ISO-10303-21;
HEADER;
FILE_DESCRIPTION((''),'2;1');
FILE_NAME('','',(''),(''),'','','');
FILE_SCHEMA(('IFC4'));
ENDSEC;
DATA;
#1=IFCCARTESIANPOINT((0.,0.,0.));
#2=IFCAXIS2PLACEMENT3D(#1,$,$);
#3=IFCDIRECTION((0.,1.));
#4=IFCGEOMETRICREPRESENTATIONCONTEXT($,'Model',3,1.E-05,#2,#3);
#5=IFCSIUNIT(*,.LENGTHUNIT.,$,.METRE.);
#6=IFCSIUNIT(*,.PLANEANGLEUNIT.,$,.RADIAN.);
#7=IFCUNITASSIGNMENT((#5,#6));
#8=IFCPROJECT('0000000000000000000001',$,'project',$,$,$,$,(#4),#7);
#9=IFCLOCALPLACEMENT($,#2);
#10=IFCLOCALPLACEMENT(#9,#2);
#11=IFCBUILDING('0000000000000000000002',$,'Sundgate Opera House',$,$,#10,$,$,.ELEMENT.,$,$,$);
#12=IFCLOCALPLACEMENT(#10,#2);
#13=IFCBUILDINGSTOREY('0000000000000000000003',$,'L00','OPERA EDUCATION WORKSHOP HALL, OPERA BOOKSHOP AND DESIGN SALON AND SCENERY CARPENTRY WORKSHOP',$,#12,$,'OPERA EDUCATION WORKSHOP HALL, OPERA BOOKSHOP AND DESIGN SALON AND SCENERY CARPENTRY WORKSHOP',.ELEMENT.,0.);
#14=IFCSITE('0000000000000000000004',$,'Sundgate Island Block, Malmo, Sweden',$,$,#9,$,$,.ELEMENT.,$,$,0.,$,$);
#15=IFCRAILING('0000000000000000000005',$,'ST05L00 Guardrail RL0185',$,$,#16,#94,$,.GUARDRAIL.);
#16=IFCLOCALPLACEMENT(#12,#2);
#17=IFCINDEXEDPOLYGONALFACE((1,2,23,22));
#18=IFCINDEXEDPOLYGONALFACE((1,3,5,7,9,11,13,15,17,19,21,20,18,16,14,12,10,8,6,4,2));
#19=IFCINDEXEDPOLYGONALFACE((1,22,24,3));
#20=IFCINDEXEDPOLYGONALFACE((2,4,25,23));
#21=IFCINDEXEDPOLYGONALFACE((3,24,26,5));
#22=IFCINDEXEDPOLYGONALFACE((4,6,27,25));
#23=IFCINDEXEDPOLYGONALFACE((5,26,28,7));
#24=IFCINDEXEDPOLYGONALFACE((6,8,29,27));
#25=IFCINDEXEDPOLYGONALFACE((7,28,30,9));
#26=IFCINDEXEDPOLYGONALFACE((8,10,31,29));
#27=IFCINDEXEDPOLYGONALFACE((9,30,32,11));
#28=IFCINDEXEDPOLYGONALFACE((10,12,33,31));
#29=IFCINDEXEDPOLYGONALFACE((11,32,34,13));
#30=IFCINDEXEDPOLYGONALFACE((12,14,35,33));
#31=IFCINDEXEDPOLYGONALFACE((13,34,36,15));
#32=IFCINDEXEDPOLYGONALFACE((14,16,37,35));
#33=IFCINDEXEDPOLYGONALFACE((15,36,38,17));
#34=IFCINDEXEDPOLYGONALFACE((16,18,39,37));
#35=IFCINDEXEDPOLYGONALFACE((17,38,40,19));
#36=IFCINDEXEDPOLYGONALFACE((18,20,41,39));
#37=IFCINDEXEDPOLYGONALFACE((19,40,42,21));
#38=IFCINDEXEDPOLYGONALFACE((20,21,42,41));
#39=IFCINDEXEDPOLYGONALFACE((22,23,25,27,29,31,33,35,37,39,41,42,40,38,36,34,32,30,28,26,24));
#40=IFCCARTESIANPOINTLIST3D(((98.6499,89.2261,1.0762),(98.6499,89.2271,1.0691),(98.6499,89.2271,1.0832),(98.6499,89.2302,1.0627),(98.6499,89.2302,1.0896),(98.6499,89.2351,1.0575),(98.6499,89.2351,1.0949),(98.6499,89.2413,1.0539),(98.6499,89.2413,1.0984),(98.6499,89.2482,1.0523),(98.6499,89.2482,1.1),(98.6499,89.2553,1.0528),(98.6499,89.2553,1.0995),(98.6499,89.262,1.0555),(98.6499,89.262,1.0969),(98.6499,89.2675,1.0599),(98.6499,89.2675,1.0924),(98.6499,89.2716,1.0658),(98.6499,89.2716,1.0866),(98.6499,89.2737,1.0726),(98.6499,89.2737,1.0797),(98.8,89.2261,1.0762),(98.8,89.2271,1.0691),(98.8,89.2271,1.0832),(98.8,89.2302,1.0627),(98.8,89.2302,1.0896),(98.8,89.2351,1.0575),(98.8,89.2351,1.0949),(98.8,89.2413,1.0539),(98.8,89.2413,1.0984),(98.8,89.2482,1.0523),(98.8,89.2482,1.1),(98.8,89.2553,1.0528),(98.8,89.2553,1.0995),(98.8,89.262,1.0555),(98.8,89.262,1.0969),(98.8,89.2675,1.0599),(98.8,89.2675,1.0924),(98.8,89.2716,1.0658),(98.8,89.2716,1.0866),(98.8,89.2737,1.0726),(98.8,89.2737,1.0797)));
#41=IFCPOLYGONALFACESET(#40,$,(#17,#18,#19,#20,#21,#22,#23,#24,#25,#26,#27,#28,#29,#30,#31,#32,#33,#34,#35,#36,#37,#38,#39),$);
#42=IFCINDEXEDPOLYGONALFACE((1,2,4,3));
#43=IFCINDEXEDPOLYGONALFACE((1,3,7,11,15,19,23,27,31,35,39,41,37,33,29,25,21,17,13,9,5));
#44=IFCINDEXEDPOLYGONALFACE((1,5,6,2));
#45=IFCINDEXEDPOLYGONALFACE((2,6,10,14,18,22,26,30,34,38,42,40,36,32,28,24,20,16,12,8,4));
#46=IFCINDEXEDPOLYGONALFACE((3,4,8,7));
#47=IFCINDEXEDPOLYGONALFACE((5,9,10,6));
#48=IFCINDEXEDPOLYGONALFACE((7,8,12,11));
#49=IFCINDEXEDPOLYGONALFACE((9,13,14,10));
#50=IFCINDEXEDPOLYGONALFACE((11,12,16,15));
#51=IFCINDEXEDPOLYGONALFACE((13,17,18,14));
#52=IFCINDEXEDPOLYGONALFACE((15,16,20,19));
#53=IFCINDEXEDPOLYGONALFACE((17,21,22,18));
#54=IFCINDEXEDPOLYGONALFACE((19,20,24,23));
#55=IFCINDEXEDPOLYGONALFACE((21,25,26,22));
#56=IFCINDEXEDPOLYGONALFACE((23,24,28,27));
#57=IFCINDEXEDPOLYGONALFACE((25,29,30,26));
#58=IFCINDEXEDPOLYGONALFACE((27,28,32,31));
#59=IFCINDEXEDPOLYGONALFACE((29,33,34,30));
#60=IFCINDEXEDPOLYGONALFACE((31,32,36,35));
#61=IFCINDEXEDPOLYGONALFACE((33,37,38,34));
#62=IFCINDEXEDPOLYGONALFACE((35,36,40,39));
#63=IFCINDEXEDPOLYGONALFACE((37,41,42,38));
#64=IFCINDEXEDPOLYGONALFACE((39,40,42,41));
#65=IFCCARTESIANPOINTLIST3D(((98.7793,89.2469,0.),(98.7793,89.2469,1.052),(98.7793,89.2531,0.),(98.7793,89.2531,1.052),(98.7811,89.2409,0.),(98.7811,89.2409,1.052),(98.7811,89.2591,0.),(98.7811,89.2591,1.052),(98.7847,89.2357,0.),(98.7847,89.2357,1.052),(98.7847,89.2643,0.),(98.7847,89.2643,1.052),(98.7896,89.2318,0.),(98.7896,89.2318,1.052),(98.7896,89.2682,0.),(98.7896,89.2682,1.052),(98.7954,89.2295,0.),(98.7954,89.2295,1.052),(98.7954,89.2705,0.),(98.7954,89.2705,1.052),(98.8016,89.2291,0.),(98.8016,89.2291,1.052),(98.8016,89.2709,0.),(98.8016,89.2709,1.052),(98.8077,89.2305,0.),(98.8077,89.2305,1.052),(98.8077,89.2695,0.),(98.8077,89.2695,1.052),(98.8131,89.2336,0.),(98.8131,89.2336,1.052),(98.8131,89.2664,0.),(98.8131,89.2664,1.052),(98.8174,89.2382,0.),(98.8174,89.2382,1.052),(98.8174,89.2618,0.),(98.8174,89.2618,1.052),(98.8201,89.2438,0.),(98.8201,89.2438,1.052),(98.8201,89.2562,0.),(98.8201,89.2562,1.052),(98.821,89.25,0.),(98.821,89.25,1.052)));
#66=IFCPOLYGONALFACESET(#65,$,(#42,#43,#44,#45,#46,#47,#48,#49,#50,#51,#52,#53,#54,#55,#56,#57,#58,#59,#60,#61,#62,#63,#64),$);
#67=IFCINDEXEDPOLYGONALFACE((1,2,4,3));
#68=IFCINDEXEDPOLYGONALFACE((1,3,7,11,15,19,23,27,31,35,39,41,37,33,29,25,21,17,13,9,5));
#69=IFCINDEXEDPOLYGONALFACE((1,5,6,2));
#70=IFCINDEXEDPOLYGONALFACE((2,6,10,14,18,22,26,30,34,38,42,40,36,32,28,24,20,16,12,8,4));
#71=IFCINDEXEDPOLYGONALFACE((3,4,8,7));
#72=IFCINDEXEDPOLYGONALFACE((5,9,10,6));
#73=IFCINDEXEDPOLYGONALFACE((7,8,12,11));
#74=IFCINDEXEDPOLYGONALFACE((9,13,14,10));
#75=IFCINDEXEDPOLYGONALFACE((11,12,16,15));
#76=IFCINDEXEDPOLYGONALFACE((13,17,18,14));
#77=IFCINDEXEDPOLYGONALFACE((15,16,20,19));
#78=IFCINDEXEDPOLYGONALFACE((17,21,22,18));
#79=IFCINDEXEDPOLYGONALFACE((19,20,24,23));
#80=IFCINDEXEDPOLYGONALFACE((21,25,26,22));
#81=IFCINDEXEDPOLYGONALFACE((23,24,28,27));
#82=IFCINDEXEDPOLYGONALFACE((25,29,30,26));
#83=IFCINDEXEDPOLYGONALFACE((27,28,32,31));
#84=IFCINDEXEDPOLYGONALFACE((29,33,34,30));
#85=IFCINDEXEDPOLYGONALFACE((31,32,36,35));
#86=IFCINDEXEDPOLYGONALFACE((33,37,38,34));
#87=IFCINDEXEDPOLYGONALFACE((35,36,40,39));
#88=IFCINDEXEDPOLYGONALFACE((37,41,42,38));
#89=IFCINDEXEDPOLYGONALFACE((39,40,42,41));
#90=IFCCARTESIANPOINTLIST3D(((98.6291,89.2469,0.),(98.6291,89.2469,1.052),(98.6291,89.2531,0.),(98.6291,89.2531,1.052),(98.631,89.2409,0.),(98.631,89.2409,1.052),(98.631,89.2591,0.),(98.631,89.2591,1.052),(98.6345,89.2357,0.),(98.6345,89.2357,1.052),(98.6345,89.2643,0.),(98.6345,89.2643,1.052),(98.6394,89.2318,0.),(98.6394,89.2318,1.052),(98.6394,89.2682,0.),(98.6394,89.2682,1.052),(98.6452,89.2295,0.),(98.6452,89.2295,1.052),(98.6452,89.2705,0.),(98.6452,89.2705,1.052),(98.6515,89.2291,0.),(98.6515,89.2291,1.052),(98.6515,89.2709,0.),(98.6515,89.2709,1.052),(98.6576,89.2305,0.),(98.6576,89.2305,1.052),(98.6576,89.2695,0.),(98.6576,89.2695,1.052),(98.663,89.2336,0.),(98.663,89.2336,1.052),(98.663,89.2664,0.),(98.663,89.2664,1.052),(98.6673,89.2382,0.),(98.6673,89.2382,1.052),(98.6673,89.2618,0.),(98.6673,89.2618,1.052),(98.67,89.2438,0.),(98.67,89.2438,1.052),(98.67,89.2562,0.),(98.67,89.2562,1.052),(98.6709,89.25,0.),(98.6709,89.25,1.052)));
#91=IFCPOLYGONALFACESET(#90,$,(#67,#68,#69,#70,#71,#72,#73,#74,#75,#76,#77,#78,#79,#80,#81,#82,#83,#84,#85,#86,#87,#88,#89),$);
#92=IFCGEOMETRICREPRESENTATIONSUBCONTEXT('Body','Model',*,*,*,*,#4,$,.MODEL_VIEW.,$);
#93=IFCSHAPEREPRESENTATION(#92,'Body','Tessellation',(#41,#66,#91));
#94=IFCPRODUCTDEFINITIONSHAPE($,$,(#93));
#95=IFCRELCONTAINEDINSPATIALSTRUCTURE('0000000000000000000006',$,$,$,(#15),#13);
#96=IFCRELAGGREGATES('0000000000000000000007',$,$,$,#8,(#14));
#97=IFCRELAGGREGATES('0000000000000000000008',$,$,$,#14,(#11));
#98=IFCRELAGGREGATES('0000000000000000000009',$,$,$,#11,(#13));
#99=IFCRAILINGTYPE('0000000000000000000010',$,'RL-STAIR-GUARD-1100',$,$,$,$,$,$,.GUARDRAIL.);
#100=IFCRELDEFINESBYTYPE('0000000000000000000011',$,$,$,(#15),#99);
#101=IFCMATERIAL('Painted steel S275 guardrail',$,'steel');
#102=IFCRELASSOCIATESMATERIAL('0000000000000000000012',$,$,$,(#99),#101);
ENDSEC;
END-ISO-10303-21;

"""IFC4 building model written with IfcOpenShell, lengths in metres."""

from ifc_helpers import new_model, si_unit, direction, frame, origin, origin_2d, place, context, subcontext, project, spatial, circle, extrude, material, type_object, element, save


model = new_model("IFC4")

# Units and contexts
model_context = context("Model", 3, precision=1e-05, world=origin(), true_north=direction((0.0, 1.0)))
body_context = subcontext(model_context, "Body", "Model", "MODEL_VIEW")
ifc_project = project(units=[si_unit("LENGTHUNIT", "METRE"), si_unit("PLANEANGLEUNIT", "RADIAN")], contexts=[model_context])

# Site, building, storey
site_placement = place(None, origin())
site = spatial("IfcSite", under=ifc_project, at=site_placement, Name="Sundgate Island Block, Malmo, Sweden", CompositionType="ELEMENT", RefElevation=0.0)
building_placement = place(site_placement, origin())
building = spatial("IfcBuilding", under=site, at=building_placement, Name="Sundgate Opera House", CompositionType="ELEMENT")
storey_placement = place(building_placement, origin())
storey = spatial("IfcBuildingStorey", under=building, at=storey_placement, Name="L00", Description="OPERA EDUCATION WORKSHOP HALL, OPERA BOOKSHOP AND DESIGN SALON AND SCENERY CARPENTRY WORKSHOP", LongName="OPERA EDUCATION WORKSHOP HALL, OPERA BOOKSHOP AND DESIGN SALON AND SCENERY CARPENTRY WORKSHOP", CompositionType="ELEMENT", Elevation=0.0)

# Railing
ifc_material_1 = material(Name="Painted steel S275 guardrail", Category="steel")
railing_type_1 = type_object("IfcRailingType", Name="RL-STAIR-GUARD-1100", PredefinedType="GUARDRAIL", material=ifc_material_1)
railing_1_placement = place(storey_placement, frame((98.8, 89.25, 0.0)))
element("IfcRailing", 1, at=railing_1_placement, inside=storey, type_object=railing_type_1, Name="ST05L00 Guardrail RL0185", PredefinedType="GUARDRAIL", context=body_context, shape_type="SweptSolid", body=[
    extrude(circle(Radius=0.0239, at=origin_2d()), frame((0.0, 0.0, 1.0762), z_axis=(-1.0, 0.0, 0.0), x_axis=(0.0, -1.0, 0.0)), (0.0, 0.0, 1.0), 0.1501),
    extrude(circle(Radius=0.021, at=origin_2d()), origin(), (0.0, 0.0, 1.0), 1.052),
    extrude(circle(Radius=0.021, at=origin_2d()), frame((-0.1501, 0.0, 0.0)), (0.0, 0.0, 1.0), 1.052),
])

save(model, "model.ifc")
